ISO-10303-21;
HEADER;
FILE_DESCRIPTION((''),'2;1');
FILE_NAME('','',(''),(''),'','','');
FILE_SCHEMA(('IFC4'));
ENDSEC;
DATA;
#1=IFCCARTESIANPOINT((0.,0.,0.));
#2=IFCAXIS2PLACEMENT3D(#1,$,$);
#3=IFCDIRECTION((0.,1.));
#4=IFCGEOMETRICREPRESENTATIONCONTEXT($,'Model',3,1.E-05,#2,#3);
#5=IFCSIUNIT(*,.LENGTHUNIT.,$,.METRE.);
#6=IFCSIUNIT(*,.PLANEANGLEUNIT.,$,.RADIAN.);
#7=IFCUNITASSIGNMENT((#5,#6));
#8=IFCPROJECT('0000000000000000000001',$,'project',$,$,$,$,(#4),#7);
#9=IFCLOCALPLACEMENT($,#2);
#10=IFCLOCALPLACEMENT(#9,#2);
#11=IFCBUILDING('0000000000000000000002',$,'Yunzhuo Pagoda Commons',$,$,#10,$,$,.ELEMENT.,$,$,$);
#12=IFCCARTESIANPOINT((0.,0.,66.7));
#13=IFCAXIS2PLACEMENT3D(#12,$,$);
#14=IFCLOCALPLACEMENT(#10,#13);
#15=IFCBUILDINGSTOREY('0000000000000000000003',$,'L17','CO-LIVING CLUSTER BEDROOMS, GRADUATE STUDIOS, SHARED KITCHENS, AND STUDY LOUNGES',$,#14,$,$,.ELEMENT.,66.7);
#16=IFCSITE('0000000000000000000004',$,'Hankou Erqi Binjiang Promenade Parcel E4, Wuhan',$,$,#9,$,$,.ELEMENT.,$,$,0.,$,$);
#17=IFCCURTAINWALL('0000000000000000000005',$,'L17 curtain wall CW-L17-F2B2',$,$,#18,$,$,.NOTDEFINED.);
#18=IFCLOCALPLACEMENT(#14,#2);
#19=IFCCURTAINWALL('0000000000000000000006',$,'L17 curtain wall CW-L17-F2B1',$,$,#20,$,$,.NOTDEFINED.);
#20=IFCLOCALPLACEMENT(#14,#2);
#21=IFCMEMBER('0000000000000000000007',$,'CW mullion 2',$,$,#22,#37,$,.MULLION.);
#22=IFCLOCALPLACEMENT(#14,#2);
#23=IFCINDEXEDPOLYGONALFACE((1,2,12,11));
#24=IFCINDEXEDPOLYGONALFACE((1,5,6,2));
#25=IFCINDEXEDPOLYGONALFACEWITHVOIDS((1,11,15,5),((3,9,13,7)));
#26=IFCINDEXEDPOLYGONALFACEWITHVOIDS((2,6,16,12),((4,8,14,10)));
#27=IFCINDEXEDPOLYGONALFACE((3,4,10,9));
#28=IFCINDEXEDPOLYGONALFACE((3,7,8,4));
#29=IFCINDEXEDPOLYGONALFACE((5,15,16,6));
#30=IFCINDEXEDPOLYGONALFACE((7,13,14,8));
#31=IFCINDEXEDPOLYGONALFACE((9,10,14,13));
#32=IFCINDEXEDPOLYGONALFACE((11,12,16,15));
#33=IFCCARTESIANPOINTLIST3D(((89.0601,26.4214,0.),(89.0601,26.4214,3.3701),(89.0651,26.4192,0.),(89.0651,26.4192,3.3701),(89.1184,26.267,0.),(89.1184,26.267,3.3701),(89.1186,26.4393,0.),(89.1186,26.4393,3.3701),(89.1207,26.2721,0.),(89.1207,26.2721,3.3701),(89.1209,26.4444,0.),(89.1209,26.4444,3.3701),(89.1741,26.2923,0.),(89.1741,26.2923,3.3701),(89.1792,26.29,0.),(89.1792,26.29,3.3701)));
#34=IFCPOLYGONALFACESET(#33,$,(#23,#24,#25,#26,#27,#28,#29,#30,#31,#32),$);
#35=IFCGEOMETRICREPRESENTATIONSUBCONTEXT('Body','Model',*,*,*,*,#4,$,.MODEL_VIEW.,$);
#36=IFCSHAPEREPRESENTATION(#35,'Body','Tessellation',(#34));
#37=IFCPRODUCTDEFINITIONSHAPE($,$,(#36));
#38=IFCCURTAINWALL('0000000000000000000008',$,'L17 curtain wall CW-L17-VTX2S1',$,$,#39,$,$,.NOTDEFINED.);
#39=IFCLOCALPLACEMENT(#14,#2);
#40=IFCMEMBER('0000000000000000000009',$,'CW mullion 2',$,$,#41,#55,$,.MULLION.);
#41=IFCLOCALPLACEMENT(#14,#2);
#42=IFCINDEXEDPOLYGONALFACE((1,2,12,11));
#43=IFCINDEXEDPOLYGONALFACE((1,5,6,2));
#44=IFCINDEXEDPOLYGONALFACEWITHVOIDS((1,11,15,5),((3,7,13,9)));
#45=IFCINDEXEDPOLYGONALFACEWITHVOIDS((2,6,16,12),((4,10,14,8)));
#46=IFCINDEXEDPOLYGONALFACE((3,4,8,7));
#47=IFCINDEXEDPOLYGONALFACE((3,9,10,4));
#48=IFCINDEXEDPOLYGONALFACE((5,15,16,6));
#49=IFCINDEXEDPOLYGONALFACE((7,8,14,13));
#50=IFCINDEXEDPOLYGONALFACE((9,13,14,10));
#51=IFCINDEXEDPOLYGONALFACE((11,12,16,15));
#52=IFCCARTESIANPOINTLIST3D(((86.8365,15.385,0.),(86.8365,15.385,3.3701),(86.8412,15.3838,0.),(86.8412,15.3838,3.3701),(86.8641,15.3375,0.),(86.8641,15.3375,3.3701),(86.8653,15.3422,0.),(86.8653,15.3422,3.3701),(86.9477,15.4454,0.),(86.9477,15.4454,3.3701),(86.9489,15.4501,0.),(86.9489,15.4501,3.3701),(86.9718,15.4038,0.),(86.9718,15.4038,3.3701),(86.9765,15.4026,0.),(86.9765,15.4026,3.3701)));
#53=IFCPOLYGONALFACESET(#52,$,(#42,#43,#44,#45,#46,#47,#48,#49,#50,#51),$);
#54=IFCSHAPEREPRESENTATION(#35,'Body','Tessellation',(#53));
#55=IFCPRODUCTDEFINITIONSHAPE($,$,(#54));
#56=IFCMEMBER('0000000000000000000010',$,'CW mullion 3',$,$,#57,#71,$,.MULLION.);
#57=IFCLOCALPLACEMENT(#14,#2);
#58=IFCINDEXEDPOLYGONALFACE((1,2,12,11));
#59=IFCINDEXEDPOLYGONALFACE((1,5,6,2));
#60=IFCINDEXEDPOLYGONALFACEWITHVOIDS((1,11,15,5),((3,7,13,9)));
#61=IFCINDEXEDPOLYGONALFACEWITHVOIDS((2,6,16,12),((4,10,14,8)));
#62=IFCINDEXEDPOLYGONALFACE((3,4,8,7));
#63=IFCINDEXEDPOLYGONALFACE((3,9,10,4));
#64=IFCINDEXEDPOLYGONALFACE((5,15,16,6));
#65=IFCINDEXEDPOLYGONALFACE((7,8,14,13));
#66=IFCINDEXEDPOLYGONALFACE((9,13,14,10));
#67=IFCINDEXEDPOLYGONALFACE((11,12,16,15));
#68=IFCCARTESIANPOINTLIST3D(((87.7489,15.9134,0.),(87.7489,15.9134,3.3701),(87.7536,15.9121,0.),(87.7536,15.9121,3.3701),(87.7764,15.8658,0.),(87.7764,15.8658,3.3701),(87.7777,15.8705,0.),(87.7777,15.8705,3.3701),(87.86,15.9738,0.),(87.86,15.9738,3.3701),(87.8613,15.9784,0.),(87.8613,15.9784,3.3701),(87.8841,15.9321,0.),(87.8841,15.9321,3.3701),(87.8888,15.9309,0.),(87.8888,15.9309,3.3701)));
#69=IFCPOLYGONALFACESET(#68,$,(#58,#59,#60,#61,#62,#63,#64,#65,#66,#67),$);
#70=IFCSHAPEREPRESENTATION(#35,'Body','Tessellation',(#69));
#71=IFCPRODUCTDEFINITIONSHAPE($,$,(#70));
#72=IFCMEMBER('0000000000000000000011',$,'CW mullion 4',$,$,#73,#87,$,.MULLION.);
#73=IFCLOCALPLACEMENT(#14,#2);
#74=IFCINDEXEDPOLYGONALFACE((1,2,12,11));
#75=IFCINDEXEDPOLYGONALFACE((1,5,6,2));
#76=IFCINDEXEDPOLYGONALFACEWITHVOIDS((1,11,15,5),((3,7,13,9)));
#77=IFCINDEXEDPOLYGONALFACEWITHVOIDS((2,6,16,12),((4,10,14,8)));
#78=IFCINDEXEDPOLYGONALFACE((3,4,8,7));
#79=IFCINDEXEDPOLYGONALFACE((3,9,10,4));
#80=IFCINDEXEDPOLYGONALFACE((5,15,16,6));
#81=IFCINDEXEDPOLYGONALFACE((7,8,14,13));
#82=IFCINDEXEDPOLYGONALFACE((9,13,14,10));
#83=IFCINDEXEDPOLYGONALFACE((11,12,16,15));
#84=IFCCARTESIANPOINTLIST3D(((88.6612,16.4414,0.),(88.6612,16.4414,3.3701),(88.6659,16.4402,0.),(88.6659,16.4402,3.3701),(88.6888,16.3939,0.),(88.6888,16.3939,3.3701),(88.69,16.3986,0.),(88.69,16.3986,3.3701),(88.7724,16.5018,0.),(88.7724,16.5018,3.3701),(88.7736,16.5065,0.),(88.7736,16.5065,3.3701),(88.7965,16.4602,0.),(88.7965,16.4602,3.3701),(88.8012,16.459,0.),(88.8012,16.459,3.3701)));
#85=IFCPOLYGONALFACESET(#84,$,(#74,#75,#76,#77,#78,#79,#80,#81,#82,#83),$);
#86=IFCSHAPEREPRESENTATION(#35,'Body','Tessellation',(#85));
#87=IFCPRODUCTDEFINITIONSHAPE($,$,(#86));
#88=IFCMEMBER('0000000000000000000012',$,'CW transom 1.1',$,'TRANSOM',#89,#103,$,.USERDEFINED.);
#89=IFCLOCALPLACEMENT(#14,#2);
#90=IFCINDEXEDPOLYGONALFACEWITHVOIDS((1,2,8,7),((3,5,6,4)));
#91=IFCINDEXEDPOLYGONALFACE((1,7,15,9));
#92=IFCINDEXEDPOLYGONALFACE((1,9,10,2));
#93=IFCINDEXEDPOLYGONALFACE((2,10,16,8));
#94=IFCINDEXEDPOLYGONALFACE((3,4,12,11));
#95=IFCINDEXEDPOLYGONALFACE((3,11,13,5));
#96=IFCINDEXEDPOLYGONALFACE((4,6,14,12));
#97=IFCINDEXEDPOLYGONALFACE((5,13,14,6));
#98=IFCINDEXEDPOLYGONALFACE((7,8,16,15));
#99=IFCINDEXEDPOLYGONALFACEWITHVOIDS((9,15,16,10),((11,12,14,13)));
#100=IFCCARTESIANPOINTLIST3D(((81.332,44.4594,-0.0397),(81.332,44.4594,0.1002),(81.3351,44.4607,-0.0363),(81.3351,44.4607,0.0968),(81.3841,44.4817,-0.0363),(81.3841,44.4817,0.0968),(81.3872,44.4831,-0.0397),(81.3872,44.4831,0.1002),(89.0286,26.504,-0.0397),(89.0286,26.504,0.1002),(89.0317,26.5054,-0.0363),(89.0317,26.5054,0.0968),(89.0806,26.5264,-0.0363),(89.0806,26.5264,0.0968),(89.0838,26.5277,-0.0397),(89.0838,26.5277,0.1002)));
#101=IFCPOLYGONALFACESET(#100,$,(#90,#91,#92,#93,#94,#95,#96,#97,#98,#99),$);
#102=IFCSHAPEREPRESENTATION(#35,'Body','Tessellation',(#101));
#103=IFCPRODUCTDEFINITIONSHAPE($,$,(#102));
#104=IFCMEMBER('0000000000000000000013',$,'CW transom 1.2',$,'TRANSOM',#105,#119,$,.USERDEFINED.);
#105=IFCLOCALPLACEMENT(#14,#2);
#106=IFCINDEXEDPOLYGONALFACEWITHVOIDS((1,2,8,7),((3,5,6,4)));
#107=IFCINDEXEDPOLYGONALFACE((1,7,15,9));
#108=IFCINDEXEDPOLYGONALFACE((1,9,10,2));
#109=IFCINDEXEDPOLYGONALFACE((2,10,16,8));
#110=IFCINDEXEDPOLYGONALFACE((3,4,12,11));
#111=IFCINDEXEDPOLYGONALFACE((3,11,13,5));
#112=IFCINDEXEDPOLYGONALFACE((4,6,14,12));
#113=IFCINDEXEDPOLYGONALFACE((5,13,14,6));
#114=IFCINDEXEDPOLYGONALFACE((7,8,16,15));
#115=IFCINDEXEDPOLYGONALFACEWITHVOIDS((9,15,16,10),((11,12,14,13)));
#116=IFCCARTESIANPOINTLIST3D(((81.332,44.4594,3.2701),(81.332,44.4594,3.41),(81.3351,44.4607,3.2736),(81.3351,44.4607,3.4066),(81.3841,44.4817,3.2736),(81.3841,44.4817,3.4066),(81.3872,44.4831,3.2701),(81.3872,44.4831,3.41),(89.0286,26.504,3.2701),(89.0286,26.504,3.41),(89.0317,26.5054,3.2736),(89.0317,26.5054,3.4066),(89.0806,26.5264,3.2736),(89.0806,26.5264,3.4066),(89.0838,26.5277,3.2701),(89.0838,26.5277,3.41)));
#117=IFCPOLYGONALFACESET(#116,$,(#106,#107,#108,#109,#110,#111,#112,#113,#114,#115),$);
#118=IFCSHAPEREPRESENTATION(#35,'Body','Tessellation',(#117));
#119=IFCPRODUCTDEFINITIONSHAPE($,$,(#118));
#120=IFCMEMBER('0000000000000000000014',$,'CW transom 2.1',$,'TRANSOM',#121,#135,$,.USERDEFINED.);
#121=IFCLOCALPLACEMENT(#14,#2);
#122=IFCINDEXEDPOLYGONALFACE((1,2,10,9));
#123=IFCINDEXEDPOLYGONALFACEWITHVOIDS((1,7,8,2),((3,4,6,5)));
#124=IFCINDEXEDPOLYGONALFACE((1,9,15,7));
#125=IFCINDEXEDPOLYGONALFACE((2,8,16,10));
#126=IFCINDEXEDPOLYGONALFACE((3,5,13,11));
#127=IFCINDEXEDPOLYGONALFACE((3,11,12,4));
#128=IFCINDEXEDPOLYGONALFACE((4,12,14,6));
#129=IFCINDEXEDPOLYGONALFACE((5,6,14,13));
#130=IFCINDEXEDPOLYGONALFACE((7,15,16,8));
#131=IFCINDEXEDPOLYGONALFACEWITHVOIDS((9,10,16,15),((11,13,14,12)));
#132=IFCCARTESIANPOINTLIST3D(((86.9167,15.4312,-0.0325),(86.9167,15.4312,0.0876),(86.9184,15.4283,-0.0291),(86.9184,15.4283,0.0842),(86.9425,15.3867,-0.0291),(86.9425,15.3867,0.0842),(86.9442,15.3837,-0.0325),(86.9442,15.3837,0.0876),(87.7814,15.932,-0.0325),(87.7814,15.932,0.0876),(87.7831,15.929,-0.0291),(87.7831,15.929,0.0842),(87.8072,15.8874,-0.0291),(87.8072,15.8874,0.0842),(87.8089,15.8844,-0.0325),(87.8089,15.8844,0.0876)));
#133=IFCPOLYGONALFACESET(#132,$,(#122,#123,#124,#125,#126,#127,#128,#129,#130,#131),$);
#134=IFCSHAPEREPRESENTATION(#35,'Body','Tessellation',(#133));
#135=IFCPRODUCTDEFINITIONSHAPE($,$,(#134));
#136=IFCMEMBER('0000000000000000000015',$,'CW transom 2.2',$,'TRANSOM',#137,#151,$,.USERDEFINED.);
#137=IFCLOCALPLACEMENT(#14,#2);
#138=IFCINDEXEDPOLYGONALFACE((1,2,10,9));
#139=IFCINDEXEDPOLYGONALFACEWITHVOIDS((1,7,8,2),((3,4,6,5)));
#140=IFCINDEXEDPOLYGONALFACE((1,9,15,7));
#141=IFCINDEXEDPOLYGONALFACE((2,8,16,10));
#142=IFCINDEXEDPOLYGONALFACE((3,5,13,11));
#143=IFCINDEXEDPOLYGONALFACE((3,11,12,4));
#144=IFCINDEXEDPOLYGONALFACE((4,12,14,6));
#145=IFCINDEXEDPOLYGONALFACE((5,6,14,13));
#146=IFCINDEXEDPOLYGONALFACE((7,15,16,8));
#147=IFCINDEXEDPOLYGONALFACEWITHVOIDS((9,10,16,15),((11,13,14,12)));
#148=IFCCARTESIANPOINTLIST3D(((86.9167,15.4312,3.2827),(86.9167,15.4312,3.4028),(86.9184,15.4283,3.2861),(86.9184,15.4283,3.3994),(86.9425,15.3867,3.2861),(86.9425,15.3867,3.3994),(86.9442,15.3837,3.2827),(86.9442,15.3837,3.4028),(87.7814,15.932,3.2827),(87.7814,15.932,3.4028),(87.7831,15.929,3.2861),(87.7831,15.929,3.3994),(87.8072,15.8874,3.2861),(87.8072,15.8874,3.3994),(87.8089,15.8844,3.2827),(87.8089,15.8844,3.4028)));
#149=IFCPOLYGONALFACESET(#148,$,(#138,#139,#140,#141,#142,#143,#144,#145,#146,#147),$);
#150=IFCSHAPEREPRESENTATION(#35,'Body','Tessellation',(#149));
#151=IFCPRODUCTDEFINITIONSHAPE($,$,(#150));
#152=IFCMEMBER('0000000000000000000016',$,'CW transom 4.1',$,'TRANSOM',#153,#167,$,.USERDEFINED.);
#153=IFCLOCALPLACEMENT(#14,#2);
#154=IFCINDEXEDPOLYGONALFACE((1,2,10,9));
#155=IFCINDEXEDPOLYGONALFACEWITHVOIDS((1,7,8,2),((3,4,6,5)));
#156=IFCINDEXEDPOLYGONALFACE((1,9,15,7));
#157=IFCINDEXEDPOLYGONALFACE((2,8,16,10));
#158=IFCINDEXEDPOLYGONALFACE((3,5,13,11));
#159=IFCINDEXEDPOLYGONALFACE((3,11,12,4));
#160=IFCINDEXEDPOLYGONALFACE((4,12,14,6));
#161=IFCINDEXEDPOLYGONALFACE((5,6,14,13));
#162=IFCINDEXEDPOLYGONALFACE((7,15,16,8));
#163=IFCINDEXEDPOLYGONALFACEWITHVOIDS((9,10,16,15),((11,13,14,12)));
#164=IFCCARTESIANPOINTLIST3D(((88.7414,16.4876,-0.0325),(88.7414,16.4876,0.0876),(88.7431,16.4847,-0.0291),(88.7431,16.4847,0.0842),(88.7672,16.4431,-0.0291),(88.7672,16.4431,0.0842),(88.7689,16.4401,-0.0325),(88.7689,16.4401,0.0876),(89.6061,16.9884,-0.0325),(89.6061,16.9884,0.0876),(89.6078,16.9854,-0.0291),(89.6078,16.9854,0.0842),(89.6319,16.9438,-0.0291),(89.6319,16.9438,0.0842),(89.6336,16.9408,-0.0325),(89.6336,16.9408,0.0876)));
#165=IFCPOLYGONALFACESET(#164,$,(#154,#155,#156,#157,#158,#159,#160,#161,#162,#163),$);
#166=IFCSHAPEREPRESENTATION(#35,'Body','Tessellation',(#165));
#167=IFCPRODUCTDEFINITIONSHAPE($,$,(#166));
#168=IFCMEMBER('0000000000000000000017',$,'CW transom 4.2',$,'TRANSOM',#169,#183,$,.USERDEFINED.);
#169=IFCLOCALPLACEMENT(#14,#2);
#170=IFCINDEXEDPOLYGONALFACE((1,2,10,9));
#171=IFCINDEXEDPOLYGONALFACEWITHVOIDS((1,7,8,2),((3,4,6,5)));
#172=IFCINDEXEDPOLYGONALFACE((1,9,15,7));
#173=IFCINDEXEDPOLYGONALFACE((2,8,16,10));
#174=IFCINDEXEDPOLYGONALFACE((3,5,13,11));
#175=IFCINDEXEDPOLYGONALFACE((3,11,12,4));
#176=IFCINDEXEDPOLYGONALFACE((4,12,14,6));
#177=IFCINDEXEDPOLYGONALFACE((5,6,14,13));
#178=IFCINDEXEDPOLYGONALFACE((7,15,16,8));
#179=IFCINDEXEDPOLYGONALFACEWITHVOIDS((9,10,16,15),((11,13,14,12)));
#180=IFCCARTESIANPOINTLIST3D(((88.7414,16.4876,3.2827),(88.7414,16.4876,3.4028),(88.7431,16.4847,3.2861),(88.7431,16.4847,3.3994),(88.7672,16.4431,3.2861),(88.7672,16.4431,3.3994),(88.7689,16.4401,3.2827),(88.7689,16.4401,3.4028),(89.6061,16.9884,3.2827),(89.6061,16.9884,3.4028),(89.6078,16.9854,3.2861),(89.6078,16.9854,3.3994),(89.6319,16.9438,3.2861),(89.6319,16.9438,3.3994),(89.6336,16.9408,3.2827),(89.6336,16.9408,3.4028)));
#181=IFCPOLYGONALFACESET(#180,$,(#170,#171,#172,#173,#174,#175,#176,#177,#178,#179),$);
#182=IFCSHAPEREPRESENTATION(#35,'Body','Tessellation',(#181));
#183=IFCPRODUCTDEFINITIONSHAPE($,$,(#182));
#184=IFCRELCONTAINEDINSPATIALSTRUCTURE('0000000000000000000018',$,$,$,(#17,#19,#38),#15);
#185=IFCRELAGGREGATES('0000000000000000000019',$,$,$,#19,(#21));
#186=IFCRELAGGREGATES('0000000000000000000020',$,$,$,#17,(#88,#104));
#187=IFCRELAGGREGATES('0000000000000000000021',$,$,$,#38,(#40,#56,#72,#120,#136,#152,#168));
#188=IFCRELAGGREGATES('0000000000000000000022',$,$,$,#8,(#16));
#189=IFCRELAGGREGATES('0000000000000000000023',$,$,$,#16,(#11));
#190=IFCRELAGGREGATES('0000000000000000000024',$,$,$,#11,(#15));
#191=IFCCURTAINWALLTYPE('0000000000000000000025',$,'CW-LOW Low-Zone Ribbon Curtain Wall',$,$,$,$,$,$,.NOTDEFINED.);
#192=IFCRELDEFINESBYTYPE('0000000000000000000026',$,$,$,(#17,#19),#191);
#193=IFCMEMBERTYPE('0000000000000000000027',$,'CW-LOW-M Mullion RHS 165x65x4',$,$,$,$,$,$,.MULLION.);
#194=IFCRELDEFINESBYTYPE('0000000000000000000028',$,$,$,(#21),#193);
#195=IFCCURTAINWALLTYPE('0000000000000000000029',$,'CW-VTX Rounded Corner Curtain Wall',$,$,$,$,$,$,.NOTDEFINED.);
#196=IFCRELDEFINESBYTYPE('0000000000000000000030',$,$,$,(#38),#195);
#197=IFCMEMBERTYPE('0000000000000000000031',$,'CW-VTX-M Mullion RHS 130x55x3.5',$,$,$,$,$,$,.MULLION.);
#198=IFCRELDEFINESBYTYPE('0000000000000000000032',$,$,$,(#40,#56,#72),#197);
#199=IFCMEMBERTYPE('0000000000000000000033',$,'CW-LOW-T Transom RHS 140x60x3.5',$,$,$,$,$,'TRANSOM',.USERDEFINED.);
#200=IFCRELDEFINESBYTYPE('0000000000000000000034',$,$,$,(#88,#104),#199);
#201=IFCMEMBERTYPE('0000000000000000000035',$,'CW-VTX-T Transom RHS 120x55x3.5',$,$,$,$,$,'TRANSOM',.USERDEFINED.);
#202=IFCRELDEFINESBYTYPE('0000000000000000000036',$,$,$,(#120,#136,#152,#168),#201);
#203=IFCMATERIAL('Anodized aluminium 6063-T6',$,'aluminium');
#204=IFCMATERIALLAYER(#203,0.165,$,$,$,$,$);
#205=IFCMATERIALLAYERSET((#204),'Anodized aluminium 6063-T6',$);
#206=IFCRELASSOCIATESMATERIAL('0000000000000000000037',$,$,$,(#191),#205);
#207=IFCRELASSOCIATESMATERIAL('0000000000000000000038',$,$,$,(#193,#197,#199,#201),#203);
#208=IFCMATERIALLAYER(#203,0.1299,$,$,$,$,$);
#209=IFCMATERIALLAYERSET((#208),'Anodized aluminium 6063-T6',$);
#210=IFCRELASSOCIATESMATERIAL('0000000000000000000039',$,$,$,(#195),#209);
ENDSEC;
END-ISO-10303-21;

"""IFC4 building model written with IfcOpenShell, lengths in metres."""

from ifc_helpers import new_model, si_unit, direction, frame, origin, origin_2d, place, context, subcontext, project, spatial, hollow_rectangle, extrude, source, transform, mapped, material, layer, layer_set, material_profile, profile_set, type_object, element, aggregate, save


model = new_model("IFC4")

# Units and contexts
model_context = context("Model", 3, precision=1e-05, world=origin(), true_north=direction((0.0, 1.0)))
body_context = subcontext(model_context, "Body", "Model", "MODEL_VIEW")
ifc_project = project(units=[si_unit("LENGTHUNIT", "METRE"), si_unit("PLANEANGLEUNIT", "RADIAN")], contexts=[model_context])

# Site, building, storey
site_placement = place(None, origin())
site = spatial("IfcSite", under=ifc_project, at=site_placement, Name="Hankou Erqi Binjiang Promenade Parcel E4, Wuhan", CompositionType="ELEMENT", RefElevation=0.0)
building_placement = place(site_placement, origin())
building = spatial("IfcBuilding", under=site, at=building_placement, Name="Yunzhuo Pagoda Commons", CompositionType="ELEMENT")
storey_placement = place(building_placement, frame((0.0, 0.0, 66.7)))
storey = spatial("IfcBuildingStorey", under=building, at=storey_placement, Name="L17", Description="CO-LIVING CLUSTER BEDROOMS, GRADUATE STUDIOS, SHARED KITCHENS, AND STUDY LOUNGES", CompositionType="ELEMENT", Elevation=66.7)

# Curtain walls, member
ifc_material_1 = material(Name="Anodized aluminium 6063-T6", Category="aluminium")
ifc_layer_1 = layer(ifc_material_1, 0.165)
ifc_layer_set_1 = layer_set([ifc_layer_1], Name="Anodized aluminium 6063-T6")
curtain_wall_type_1 = type_object("IfcCurtainWallType", Name="CW-LOW Low-Zone Ribbon Curtain Wall", PredefinedType="NOTDEFINED", material=ifc_layer_set_1)
ifc_material_profile_1 = material_profile(ifc_material_1, hollow_rectangle(XDim=0.0649, YDim=0.165, WallThickness=0.0039, at=origin_2d()), Name="Anodized aluminium 6063-T6")
ifc_profile_set_1 = profile_set([ifc_material_profile_1], Name="Anodized aluminium 6063-T6")
member_type_1 = type_object("IfcMemberType", Name="CW-LOW-M Mullion RHS 165x65x4", PredefinedType="MULLION", material=ifc_profile_set_1)
shared_shape_1 = source(origin(), body_context, "Body", "SweptSolid", [
    extrude(hollow_rectangle(XDim=0.0649, YDim=0.165, WallThickness=0.0039, at=origin_2d()), origin(), (0.0, 0.0, 1.0), 3.3701),
])
curtain_wall_1_placement = place(storey_placement, origin())
curtain_wall_1 = element("IfcCurtainWall", 1, at=curtain_wall_1_placement, inside=storey, type_object=curtain_wall_type_1, Name="L17 curtain wall CW-L17-F2B2", PredefinedType="NOTDEFINED")
curtain_wall_2_placement = place(storey_placement, origin())
curtain_wall_2 = element("IfcCurtainWall", 2, at=curtain_wall_2_placement, inside=storey, type_object=curtain_wall_type_1, Name="L17 curtain wall CW-L17-F2B1", PredefinedType="NOTDEFINED")
member_1_placement = place(storey_placement, frame((89.1196, 26.3557, 0.0), z_axis=(0.0, 0.0, 1.0), x_axis=(-0.935513, -0.353291, 0.0)))
member_1 = element("IfcMember", 3, at=member_1_placement, type_object=member_type_1, Name="CW mullion 2", PredefinedType="MULLION", context=body_context, shape_type="MappedRepresentation", body=[
    mapped(shared_shape_1, transform((0.0, 0.0, 0.0), scale=1.0)),
])
aggregate(curtain_wall_2, [member_1])

# Curtain wall, members
ifc_layer_2 = layer(ifc_material_1, 0.1299)
ifc_layer_set_2 = layer_set([ifc_layer_2], Name="Anodized aluminium 6063-T6")
curtain_wall_type_2 = type_object("IfcCurtainWallType", Name="CW-VTX Rounded Corner Curtain Wall", PredefinedType="NOTDEFINED", material=ifc_layer_set_2)
curtain_wall_3_placement = place(storey_placement, origin())
curtain_wall_3 = element("IfcCurtainWall", 4, at=curtain_wall_3_placement, inside=storey, type_object=curtain_wall_type_2, Name="L17 curtain wall CW-L17-VTX2S1", PredefinedType="NOTDEFINED")
ifc_material_profile_2 = material_profile(ifc_material_1, hollow_rectangle(XDim=0.0549, YDim=0.1299, WallThickness=0.0034, at=origin_2d()), Name="Anodized aluminium 6063-T6")
ifc_profile_set_2 = profile_set([ifc_material_profile_2], Name="Anodized aluminium 6063-T6")
member_type_2 = type_object("IfcMemberType", Name="CW-VTX-M Mullion RHS 130x55x3.5", PredefinedType="MULLION", material=ifc_profile_set_2)
shared_shape_2 = source(origin(), body_context, "Body", "SweptSolid", [
    extrude(hollow_rectangle(XDim=0.0549, YDim=0.1299, WallThickness=0.0034, at=origin_2d()), origin(), (0.0, 0.0, 1.0), 3.3701),
])
member_2_placement = place(storey_placement, frame((86.9065, 15.3938, 0.0), z_axis=(0.0, 0.0, 1.0), x_axis=(-0.501039, 0.865425, 0.0)))
member_2 = element("IfcMember", 5, at=member_2_placement, type_object=member_type_2, Name="CW mullion 2", PredefinedType="MULLION", context=body_context, shape_type="MappedRepresentation", body=[
    mapped(shared_shape_2, transform((0.0, 0.0, 0.0), scale=1.0)),
])
member_3_placement = place(storey_placement, frame((87.8188, 15.9221, 0.0), z_axis=(0.0, 0.0, 1.0), x_axis=(-0.501039, 0.865425, 0.0)))
member_3 = element("IfcMember", 6, at=member_3_placement, type_object=member_type_2, Name="CW mullion 3", PredefinedType="MULLION", context=body_context, shape_type="MappedRepresentation", body=[
    mapped(shared_shape_2, transform((0.0, 0.0, 0.0), scale=1.0)),
])
member_4_placement = place(storey_placement, frame((88.7312, 16.4502, 0.0), z_axis=(0.0, 0.0, 1.0), x_axis=(-0.501039, 0.865425, 0.0)))
member_4 = element("IfcMember", 7, at=member_4_placement, type_object=member_type_2, Name="CW mullion 4", PredefinedType="MULLION", context=body_context, shape_type="MappedRepresentation", body=[
    mapped(shared_shape_2, transform((0.0, 0.0, 0.0), scale=1.0)),
])

# Members
ifc_material_profile_3 = material_profile(ifc_material_1, hollow_rectangle(XDim=0.0601, YDim=0.1399, WallThickness=0.0034, at=origin_2d()), Name="Anodized aluminium 6063-T6")
ifc_profile_set_3 = profile_set([ifc_material_profile_3], Name="Anodized aluminium 6063-T6")
member_type_3 = type_object("IfcMemberType", Name="CW-LOW-T Transom RHS 140x60x3.5", ElementType="TRANSOM", PredefinedType="USERDEFINED", material=ifc_profile_set_3)
shared_shape_3 = source(origin(), body_context, "Body", "SweptSolid", [
    extrude(hollow_rectangle(XDim=0.0601, YDim=0.1399, WallThickness=0.0034, at=origin_2d()), origin(), (0.0, 0.0, 1.0), 19.5354),
])
member_5_placement = place(storey_placement, frame((89.0562, 26.5159, 0.0303), z_axis=(-0.39398, 0.919119, 0.0), x_axis=(-0.919119, -0.39398, 0.0)))
member_5 = element("IfcMember", 8, at=member_5_placement, type_object=member_type_3, Name="CW transom 1.1", ObjectType="TRANSOM", PredefinedType="USERDEFINED", context=body_context, shape_type="MappedRepresentation", body=[
    mapped(shared_shape_3, transform((0.0, 0.0, 0.0), scale=1.0)),
])
member_6_placement = place(storey_placement, frame((89.0562, 26.5159, 3.3401), z_axis=(-0.39398, 0.919119, 0.0), x_axis=(-0.919119, -0.39398, 0.0)))
member_6 = element("IfcMember", 9, at=member_6_placement, type_object=member_type_3, Name="CW transom 1.2", ObjectType="TRANSOM", PredefinedType="USERDEFINED", context=body_context, shape_type="MappedRepresentation", body=[
    mapped(shared_shape_3, transform((0.0, 0.0, 0.0), scale=1.0)),
])
aggregate(curtain_wall_1, [member_5, member_6])
ifc_material_profile_4 = material_profile(ifc_material_1, hollow_rectangle(XDim=0.0549, YDim=0.1201, WallThickness=0.0034, at=origin_2d()), Name="Anodized aluminium 6063-T6")
ifc_profile_set_4 = profile_set([ifc_material_profile_4], Name="Anodized aluminium 6063-T6")
member_type_4 = type_object("IfcMemberType", Name="CW-VTX-T Transom RHS 120x55x3.5", ElementType="TRANSOM", PredefinedType="USERDEFINED", material=ifc_profile_set_4)
shared_shape_4 = source(origin(), body_context, "Body", "SweptSolid", [
    extrude(hollow_rectangle(XDim=0.0549, YDim=0.1201, WallThickness=0.0034, at=origin_2d()), origin(), (0.0, 0.0, 1.0), 0.9993),
])
member_7_placement = place(storey_placement, frame((86.9304, 15.4075, 0.0276), z_axis=(0.865387, 0.501104, 0.0), x_axis=(-0.501104, 0.865387, 0.0)))
member_7 = element("IfcMember", 10, at=member_7_placement, type_object=member_type_4, Name="CW transom 2.1", ObjectType="TRANSOM", PredefinedType="USERDEFINED", context=body_context, shape_type="MappedRepresentation", body=[
    mapped(shared_shape_4, transform((0.0, 0.0, 0.0), scale=1.0)),
])
member_8_placement = place(storey_placement, frame((86.9304, 15.4075, 3.3428), z_axis=(0.865387, 0.501104, 0.0), x_axis=(-0.501104, 0.865387, 0.0)))
member_8 = element("IfcMember", 11, at=member_8_placement, type_object=member_type_4, Name="CW transom 2.2", ObjectType="TRANSOM", PredefinedType="USERDEFINED", context=body_context, shape_type="MappedRepresentation", body=[
    mapped(shared_shape_4, transform((0.0, 0.0, 0.0), scale=1.0)),
])
member_9_placement = place(storey_placement, frame((88.7551, 16.4639, 0.0276), z_axis=(0.865387, 0.501104, 0.0), x_axis=(-0.501104, 0.865387, 0.0)))
member_9 = element("IfcMember", 12, at=member_9_placement, type_object=member_type_4, Name="CW transom 4.1", ObjectType="TRANSOM", PredefinedType="USERDEFINED", context=body_context, shape_type="MappedRepresentation", body=[
    mapped(shared_shape_4, transform((0.0, 0.0, 0.0), scale=1.0)),
])
member_10_placement = place(storey_placement, frame((88.7551, 16.4639, 3.3428), z_axis=(0.865387, 0.501104, 0.0), x_axis=(-0.501104, 0.865387, 0.0)))
member_10 = element("IfcMember", 13, at=member_10_placement, type_object=member_type_4, Name="CW transom 4.2", ObjectType="TRANSOM", PredefinedType="USERDEFINED", context=body_context, shape_type="MappedRepresentation", body=[
    mapped(shared_shape_4, transform((0.0, 0.0, 0.0), scale=1.0)),
])

aggregate(curtain_wall_3, [member_2, member_3, member_4, member_7, member_8, member_9, member_10])

save(model, "model.ifc")
